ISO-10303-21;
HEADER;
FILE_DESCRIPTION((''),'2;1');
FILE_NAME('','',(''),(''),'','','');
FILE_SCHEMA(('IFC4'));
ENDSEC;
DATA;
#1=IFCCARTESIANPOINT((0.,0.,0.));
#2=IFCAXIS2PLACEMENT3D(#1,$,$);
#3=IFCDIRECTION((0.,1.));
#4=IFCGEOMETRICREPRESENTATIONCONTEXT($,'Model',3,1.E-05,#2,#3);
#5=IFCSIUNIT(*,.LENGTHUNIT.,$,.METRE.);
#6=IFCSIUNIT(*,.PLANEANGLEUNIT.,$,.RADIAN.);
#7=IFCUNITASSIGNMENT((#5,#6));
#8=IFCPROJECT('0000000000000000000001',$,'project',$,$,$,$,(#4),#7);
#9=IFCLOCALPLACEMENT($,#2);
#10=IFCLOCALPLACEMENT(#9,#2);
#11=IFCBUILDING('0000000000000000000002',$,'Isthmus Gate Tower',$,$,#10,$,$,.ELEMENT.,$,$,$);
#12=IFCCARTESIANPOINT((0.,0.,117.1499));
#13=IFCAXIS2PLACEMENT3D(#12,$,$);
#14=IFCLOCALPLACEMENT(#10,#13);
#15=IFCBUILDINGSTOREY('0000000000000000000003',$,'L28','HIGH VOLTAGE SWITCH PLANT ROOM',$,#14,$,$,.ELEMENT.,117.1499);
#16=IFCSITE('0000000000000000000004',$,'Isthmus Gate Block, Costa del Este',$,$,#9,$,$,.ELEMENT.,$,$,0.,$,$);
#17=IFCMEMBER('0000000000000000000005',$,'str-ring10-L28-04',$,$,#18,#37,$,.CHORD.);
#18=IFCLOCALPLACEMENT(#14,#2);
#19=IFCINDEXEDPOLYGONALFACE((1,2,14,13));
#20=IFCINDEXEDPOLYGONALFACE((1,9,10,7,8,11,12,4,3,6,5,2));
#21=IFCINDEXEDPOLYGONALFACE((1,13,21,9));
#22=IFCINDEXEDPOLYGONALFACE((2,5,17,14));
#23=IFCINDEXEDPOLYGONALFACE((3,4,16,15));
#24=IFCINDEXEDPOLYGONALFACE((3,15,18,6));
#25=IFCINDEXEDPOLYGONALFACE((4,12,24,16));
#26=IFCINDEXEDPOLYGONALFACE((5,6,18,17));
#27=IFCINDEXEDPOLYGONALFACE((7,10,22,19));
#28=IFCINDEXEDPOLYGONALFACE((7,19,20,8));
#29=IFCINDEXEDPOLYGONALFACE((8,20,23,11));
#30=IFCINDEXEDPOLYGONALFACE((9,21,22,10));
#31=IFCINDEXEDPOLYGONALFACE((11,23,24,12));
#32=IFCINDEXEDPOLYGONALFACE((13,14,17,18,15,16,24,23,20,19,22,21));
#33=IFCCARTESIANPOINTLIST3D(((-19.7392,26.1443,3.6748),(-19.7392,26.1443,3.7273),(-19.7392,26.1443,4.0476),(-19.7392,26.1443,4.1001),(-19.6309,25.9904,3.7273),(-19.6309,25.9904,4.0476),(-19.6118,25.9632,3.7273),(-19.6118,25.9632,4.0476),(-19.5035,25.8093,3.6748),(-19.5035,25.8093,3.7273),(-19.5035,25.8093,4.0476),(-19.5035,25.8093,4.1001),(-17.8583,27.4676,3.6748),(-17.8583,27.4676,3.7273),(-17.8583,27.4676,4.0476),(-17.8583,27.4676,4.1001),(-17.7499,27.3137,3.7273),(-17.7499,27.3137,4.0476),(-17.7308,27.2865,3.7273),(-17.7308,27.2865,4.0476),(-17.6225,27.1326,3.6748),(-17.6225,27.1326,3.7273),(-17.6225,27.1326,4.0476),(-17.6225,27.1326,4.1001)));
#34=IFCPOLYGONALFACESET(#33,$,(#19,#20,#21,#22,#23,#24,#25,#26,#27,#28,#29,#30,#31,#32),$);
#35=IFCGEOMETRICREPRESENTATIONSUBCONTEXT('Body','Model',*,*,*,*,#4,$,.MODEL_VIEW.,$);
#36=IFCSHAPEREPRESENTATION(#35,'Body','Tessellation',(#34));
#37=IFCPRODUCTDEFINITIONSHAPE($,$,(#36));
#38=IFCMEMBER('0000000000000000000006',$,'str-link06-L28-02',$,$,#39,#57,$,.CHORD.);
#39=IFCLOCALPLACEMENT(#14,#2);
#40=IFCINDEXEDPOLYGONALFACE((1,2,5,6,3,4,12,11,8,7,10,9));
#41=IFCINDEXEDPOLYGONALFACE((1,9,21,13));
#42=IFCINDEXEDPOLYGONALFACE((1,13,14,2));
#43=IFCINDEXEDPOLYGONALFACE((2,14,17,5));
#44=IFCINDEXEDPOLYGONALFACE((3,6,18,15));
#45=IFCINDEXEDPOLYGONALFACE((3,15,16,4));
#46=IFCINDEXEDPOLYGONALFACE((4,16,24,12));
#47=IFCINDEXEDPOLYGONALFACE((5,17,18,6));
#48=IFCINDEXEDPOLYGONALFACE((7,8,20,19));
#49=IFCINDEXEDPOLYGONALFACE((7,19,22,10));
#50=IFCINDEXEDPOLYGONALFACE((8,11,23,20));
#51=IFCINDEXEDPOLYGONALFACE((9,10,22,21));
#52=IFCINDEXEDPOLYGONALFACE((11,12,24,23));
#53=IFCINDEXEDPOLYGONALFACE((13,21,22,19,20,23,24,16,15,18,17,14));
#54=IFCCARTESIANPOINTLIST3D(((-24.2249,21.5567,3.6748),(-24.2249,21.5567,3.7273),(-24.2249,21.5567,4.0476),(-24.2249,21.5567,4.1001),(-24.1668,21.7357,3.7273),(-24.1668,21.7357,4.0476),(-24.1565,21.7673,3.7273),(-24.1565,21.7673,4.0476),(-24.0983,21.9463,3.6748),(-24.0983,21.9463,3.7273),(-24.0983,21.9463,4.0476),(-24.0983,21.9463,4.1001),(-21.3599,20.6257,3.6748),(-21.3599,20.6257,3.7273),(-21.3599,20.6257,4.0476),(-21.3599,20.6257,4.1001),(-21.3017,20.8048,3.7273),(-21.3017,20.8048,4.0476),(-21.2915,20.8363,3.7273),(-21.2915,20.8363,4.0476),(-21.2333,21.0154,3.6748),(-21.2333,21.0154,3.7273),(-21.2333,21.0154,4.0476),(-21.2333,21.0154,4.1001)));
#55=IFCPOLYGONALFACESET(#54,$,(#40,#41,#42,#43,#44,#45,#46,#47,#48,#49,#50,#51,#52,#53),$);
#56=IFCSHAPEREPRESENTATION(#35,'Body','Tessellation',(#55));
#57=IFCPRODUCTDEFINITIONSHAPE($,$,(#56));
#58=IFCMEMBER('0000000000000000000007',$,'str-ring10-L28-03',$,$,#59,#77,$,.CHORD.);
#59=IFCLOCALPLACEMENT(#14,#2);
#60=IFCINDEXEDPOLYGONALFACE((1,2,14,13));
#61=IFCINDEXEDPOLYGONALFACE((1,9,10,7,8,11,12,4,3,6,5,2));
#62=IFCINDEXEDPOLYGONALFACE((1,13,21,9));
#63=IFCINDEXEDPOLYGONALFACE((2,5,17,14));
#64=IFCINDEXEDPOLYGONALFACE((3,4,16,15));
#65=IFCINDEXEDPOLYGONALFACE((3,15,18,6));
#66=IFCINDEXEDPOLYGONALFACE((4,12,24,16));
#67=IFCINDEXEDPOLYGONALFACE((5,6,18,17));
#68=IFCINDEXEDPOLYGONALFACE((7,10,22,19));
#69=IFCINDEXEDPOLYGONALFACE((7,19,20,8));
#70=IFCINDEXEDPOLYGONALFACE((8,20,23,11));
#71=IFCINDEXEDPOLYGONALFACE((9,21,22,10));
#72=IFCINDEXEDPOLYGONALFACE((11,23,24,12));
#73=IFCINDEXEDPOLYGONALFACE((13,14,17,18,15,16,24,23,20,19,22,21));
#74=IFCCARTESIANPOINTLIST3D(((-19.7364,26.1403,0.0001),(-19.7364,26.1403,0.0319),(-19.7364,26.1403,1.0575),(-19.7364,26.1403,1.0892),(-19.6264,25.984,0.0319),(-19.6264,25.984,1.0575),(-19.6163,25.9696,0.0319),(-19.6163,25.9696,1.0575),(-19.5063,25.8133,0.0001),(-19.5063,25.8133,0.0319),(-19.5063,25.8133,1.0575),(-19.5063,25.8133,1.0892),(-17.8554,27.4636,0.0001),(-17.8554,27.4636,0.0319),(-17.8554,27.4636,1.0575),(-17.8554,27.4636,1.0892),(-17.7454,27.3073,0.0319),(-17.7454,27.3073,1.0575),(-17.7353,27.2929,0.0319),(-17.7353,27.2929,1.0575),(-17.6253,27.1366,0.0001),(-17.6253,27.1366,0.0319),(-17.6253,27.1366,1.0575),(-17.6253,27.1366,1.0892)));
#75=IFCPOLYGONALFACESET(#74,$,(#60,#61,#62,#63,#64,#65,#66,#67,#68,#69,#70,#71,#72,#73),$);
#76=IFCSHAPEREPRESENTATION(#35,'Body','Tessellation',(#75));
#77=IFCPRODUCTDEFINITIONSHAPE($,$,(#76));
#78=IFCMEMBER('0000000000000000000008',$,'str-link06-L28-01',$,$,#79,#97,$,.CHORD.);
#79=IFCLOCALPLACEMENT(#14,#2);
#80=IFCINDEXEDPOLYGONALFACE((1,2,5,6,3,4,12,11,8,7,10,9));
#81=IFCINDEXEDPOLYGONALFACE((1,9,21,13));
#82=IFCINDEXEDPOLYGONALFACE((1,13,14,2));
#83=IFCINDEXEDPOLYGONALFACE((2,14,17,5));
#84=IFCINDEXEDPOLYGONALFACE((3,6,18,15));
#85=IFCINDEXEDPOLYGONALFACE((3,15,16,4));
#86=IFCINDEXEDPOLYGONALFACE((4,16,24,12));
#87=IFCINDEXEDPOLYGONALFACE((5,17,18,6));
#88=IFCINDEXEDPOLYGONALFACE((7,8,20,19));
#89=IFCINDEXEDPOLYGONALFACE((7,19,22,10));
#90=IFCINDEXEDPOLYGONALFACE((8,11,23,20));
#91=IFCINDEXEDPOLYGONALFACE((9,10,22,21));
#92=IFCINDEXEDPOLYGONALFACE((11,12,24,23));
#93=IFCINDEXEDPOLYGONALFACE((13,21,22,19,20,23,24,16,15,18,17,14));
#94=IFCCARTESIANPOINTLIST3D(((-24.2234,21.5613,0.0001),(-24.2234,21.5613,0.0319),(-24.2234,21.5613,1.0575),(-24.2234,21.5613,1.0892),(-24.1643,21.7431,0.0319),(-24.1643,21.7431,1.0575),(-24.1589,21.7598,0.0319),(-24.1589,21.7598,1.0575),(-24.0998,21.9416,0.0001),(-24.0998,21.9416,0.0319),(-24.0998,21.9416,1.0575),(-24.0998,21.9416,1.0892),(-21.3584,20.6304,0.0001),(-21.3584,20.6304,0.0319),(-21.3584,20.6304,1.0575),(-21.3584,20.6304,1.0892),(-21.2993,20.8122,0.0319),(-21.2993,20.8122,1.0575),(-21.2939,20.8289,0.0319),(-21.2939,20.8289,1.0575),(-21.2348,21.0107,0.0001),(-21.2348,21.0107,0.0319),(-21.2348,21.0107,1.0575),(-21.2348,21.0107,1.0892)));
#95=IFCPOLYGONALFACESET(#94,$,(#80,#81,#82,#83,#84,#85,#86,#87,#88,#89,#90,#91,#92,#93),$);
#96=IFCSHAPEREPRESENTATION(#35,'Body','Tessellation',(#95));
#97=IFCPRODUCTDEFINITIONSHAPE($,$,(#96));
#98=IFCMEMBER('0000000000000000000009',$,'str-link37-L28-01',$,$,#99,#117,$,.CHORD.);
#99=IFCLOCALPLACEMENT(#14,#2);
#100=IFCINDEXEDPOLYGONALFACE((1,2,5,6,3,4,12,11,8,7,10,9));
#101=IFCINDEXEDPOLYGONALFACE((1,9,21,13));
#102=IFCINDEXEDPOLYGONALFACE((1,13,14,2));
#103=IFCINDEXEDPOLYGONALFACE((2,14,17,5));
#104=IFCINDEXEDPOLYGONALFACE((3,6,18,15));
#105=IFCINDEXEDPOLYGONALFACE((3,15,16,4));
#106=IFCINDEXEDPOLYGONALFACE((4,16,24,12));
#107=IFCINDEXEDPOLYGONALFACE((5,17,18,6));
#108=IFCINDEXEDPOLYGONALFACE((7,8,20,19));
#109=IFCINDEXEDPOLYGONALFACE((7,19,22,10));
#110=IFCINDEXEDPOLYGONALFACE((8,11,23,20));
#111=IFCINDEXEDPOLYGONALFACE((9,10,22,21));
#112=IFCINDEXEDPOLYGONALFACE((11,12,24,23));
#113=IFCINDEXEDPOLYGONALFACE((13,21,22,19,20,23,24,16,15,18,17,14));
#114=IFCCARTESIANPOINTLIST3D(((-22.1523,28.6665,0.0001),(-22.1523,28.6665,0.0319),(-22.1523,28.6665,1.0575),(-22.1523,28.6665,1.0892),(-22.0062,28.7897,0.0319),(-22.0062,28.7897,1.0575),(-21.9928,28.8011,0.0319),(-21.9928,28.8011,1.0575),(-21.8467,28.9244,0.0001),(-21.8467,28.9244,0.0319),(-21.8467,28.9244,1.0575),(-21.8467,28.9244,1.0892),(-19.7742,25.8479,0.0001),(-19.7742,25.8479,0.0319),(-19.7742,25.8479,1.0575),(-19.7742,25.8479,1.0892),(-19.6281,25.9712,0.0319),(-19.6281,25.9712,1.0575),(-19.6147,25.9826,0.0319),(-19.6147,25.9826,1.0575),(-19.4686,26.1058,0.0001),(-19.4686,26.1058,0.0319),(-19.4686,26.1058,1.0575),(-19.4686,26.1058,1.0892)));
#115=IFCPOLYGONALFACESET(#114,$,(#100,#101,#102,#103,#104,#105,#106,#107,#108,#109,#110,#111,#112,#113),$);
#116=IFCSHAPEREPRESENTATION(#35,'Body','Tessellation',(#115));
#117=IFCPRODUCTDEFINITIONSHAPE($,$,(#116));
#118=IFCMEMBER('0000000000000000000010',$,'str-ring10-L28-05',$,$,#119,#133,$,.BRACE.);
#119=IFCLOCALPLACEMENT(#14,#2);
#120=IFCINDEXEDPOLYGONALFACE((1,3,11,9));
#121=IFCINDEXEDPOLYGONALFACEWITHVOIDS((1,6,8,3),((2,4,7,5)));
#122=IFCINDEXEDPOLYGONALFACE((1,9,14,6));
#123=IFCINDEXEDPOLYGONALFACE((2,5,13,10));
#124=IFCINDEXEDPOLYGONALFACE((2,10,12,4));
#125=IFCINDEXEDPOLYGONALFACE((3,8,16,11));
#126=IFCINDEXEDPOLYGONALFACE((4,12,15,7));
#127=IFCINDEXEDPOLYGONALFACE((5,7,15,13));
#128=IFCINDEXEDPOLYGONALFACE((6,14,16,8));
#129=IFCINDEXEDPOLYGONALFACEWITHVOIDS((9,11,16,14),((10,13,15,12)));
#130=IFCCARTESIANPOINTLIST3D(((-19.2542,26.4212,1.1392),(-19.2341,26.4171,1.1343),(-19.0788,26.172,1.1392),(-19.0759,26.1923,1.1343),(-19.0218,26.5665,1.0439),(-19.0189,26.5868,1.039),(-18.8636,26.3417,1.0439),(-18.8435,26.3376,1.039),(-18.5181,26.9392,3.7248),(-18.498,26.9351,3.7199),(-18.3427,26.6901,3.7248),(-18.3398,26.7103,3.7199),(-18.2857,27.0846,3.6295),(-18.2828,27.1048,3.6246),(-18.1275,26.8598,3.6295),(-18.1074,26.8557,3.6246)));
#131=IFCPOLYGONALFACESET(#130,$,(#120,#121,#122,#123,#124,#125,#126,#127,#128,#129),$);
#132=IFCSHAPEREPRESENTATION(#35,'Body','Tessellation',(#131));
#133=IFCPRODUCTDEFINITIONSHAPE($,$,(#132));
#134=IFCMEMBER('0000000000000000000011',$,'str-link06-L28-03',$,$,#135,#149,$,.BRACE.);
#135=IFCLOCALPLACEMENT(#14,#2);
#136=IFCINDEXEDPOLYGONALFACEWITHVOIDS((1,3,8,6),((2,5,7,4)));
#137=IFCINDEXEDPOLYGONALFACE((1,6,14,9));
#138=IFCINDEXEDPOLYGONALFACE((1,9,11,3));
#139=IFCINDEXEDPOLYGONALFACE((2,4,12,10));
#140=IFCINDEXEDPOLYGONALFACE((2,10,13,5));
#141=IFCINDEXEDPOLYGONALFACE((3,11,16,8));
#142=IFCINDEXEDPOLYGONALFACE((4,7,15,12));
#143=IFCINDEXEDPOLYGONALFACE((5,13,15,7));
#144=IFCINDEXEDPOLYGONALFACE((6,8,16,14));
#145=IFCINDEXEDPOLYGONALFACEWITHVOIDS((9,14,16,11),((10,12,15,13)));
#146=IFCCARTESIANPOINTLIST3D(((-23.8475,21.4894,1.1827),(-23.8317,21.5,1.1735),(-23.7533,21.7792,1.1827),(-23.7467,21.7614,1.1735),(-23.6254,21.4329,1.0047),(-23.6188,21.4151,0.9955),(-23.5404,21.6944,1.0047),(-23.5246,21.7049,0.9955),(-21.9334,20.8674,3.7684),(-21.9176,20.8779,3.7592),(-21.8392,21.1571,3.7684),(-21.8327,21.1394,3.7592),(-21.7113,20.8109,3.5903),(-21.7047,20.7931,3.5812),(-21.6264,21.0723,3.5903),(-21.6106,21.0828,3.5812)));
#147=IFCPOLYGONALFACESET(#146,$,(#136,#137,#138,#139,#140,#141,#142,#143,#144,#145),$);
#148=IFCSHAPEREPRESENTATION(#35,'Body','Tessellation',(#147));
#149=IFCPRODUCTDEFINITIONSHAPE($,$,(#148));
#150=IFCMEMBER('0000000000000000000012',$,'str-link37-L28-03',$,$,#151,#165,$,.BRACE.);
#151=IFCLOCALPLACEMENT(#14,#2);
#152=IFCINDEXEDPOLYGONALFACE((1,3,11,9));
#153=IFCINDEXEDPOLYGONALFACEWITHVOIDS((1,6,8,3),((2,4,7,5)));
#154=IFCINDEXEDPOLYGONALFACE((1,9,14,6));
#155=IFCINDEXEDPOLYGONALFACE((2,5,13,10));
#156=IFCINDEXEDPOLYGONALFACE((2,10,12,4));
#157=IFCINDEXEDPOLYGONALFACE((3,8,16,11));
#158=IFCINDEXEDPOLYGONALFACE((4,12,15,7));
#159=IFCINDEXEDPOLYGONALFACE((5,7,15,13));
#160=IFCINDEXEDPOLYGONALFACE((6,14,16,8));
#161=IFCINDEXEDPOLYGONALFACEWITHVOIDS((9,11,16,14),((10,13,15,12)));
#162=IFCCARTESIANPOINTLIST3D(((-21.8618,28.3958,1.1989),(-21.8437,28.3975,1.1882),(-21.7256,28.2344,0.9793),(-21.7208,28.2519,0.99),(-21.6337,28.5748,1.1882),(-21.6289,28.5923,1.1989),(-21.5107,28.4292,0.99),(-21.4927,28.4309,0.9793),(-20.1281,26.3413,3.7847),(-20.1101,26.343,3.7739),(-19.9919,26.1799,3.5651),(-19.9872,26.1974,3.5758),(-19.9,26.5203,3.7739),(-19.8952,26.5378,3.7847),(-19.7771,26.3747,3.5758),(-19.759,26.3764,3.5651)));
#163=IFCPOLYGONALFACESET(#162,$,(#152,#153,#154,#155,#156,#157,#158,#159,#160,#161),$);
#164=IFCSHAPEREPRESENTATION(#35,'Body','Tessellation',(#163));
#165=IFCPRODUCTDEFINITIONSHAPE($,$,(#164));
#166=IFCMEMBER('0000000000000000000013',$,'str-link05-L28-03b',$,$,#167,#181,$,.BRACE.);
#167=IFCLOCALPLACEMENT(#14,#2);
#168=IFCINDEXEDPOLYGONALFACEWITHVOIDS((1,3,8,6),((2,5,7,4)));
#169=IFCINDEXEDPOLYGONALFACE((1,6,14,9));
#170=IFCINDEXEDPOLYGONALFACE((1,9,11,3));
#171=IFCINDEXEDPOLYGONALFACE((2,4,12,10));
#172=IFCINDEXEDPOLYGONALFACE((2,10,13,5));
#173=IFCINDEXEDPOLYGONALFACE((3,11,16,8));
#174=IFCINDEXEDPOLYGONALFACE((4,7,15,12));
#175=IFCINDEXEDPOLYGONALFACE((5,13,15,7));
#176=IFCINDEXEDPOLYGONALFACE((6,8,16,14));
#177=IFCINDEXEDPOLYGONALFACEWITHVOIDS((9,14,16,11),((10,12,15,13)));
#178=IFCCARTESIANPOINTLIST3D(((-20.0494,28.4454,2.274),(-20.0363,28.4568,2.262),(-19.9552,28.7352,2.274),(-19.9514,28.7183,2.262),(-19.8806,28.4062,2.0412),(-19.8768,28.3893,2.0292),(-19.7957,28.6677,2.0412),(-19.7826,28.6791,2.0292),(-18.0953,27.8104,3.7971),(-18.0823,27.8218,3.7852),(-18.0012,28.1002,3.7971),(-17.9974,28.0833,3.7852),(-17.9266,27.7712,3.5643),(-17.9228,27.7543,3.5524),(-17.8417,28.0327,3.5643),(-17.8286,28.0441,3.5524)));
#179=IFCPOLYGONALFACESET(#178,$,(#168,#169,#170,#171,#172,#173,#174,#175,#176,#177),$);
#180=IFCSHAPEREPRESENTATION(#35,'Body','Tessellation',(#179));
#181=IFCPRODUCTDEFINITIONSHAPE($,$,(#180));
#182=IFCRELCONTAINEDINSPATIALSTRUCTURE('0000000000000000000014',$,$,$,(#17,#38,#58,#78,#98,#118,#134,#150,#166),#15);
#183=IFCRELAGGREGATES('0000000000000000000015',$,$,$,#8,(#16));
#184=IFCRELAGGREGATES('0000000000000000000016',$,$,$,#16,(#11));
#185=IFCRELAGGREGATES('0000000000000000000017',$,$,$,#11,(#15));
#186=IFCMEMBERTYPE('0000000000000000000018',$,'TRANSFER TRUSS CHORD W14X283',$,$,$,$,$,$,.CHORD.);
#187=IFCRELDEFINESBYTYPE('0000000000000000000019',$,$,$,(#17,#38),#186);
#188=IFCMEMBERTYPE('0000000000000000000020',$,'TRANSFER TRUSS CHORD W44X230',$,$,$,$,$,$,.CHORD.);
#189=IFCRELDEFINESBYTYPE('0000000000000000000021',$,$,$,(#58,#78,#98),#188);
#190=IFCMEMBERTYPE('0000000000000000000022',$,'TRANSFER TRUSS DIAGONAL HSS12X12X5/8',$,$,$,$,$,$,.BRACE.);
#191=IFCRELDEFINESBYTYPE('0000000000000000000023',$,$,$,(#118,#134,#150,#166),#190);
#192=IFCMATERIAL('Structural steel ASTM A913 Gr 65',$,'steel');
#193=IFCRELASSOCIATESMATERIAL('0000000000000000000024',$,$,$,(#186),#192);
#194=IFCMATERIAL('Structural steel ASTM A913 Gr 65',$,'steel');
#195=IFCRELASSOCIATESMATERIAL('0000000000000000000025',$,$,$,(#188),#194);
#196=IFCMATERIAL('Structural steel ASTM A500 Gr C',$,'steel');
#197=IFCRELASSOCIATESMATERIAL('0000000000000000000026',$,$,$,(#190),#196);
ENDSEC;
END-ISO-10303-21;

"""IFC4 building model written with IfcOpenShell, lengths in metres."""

from ifc_helpers import new_model, si_unit, direction, frame, origin, origin_2d, place, context, subcontext, project, spatial, hollow_rectangle, i_section, extrude, material, material_profile, profile_set, type_object, element, save


model = new_model("IFC4")

# Units and contexts
model_context = context("Model", 3, precision=1e-05, world=origin(), true_north=direction((0.0, 1.0)))
body_context = subcontext(model_context, "Body", "Model", "MODEL_VIEW")
ifc_project = project(units=[si_unit("LENGTHUNIT", "METRE"), si_unit("PLANEANGLEUNIT", "RADIAN")], contexts=[model_context])

# Site, building, storey
site_placement = place(None, origin())
site = spatial("IfcSite", under=ifc_project, at=site_placement, Name="Isthmus Gate Block, Costa del Este", CompositionType="ELEMENT", RefElevation=0.0)
building_placement = place(site_placement, origin())
building = spatial("IfcBuilding", under=site, at=building_placement, Name="Isthmus Gate Tower", CompositionType="ELEMENT")
storey_placement = place(building_placement, frame((0.0, 0.0, 117.1499)))
storey = spatial("IfcBuildingStorey", under=building, at=storey_placement, Name="L28", Description="HIGH VOLTAGE SWITCH PLANT ROOM", CompositionType="ELEMENT", Elevation=117.1499)

# Members
ifc_material_1 = material(Name="Structural steel ASTM A913 Gr 65", Category="steel")
ifc_material_profile_1 = material_profile(ifc_material_1, i_section(OverallWidth=0.4097, OverallDepth=0.4253, WebThickness=0.0332, FlangeThickness=0.0525, at=origin_2d()), Name="W14X283")
ifc_profile_set_1 = profile_set([ifc_material_profile_1], Name="Structural steel ASTM A913 Gr 65")
member_type_1 = type_object("IfcMemberType", Name="TRANSFER TRUSS CHORD W14X283", PredefinedType="CHORD", material=ifc_profile_set_1)
member_1_placement = place(storey_placement, frame((-19.6213, 25.9768, 3.8875), z_axis=(0.817873, 0.575399, 0.0), x_axis=(-0.575399, 0.817873, 0.0)))
element("IfcMember", 1, at=member_1_placement, inside=storey, type_object=member_type_1, Name="str-ring10-L28-04", PredefinedType="CHORD", context=body_context, shape_type="SweptSolid", body=[
    extrude(i_section(OverallWidth=0.4097, OverallDepth=0.4253, WebThickness=0.0332, FlangeThickness=0.0525, at=origin_2d()), origin(), (0.0, 0.0, 1.0), 2.2998),
])
member_2_placement = place(storey_placement, frame((-24.1616, 21.7515, 3.8875), z_axis=(0.951055, -0.309022, 0.0), x_axis=(0.309022, 0.951055, 0.0)))
element("IfcMember", 2, at=member_2_placement, inside=storey, type_object=member_type_1, Name="str-link06-L28-02", PredefinedType="CHORD", context=body_context, shape_type="SweptSolid", body=[
    extrude(i_section(OverallWidth=0.4097, OverallDepth=0.4253, WebThickness=0.0332, FlangeThickness=0.0525, at=origin_2d()), origin(), (0.0, 0.0, 1.0), 3.0125),
])
ifc_material_2 = material(Name="Structural steel ASTM A913 Gr 65", Category="steel")
ifc_material_profile_2 = material_profile(ifc_material_2, i_section(OverallWidth=0.3999, OverallDepth=1.0891, WebThickness=0.0176, FlangeThickness=0.0317, at=origin_2d()), Name="W44X230")
ifc_profile_set_2 = profile_set([ifc_material_profile_2], Name="Structural steel ASTM A913 Gr 65")
member_type_2 = type_object("IfcMemberType", Name="TRANSFER TRUSS CHORD W44X230", PredefinedType="CHORD", material=ifc_profile_set_2)
member_3_placement = place(storey_placement, frame((-19.6213, 25.9768, 0.5447), z_axis=(0.817873, 0.575399, 0.0), x_axis=(-0.575399, 0.817873, 0.0)))
element("IfcMember", 3, at=member_3_placement, inside=storey, type_object=member_type_2, Name="str-ring10-L28-03", PredefinedType="CHORD", context=body_context, shape_type="SweptSolid", body=[
    extrude(i_section(OverallWidth=0.3999, OverallDepth=1.0891, WebThickness=0.0176, FlangeThickness=0.0317, at=origin_2d()), origin(), (0.0, 0.0, 1.0), 2.2998),
])
member_4_placement = place(storey_placement, frame((-24.1616, 21.7515, 0.5447), z_axis=(0.951055, -0.309022, 0.0), x_axis=(0.309022, 0.951055, 0.0)))
element("IfcMember", 4, at=member_4_placement, inside=storey, type_object=member_type_2, Name="str-link06-L28-01", PredefinedType="CHORD", context=body_context, shape_type="SweptSolid", body=[
    extrude(i_section(OverallWidth=0.3999, OverallDepth=1.0891, WebThickness=0.0176, FlangeThickness=0.0317, at=origin_2d()), origin(), (0.0, 0.0, 1.0), 3.0125),
])
member_5_placement = place(storey_placement, frame((-21.9995, 28.7954, 0.5447), z_axis=(0.644867, -0.764295, 0.0), x_axis=(0.764295, 0.644867, 0.0)))
element("IfcMember", 5, at=member_5_placement, inside=storey, type_object=member_type_2, Name="str-link37-L28-01", PredefinedType="CHORD", context=body_context, shape_type="SweptSolid", body=[
    extrude(i_section(OverallWidth=0.3999, OverallDepth=1.0891, WebThickness=0.0176, FlangeThickness=0.0317, at=origin_2d()), origin(), (0.0, 0.0, 1.0), 3.6877),
])
ifc_material_3 = material(Name="Structural steel ASTM A500 Gr C", Category="steel")
ifc_material_profile_3 = material_profile(ifc_material_3, hollow_rectangle(XDim=0.3047, YDim=0.3047, WallThickness=0.0149, at=origin_2d()), Name="HSS12X12X5/8")
ifc_profile_set_3 = profile_set([ifc_material_profile_3], Name="Structural steel ASTM A500 Gr C")
member_type_3 = type_object("IfcMemberType", Name="TRANSFER TRUSS DIAGONAL HSS12X12X5/8", PredefinedType="BRACE", material=ifc_profile_set_3)
member_6_placement = place(storey_placement, frame((-19.0488, 26.3794, 1.0891), z_axis=(0.268851, 0.189221, 0.944412), x_axis=(-0.575554, 0.817764, 0.0)))
element("IfcMember", 6, at=member_6_placement, inside=storey, type_object=member_type_3, Name="str-ring10-L28-05", PredefinedType="BRACE", context=body_context, shape_type="SweptSolid", body=[
    extrude(hollow_rectangle(XDim=0.3047, YDim=0.3047, WallThickness=0.0149, at=origin_2d()), origin(), (0.0, 0.0, 1.0), 2.7378),
])
member_7_placement = place(storey_placement, frame((-23.686, 21.5972, 1.0891), z_axis=(0.584153, -0.18985, 0.789128), x_axis=(0.309086, 0.951034, 0.0)))
element("IfcMember", 7, at=member_7_placement, inside=storey, type_object=member_type_3, Name="str-link06-L28-03", PredefinedType="BRACE", context=body_context, shape_type="SweptSolid", body=[
    extrude(hollow_rectangle(XDim=0.3047, YDim=0.3047, WallThickness=0.0149, at=origin_2d()), origin(), (0.0, 0.0, 1.0), 3.2766),
])
member_8_placement = place(storey_placement, frame((-21.6772, 28.4133, 1.0891), z_axis=(0.464797, -0.550806, 0.693236), x_axis=(0.764254, 0.644916, 0.0)))
element("IfcMember", 8, at=member_8_placement, inside=storey, type_object=member_type_3, Name="str-link37-L28-03", PredefinedType="BRACE", context=body_context, shape_type="SweptSolid", body=[
    extrude(hollow_rectangle(XDim=0.3047, YDim=0.3047, WallThickness=0.0149, at=origin_2d()), origin(), (0.0, 0.0, 1.0), 3.73),
])
member_9_placement = place(storey_placement, frame((-19.916, 28.5623, 2.1516), z_axis=(0.764005, -0.248273, 0.595531), x_axis=(0.309054, 0.951045, 0.0)))
element("IfcMember", 9, at=member_9_placement, inside=storey, type_object=member_type_3, Name="str-link05-L28-03b", PredefinedType="BRACE", context=body_context, shape_type="SweptSolid", body=[
    extrude(hollow_rectangle(XDim=0.3047, YDim=0.3047, WallThickness=0.0149, at=origin_2d()), origin(), (0.0, 0.0, 1.0), 2.5576),
])

save(model, "model.ifc")
